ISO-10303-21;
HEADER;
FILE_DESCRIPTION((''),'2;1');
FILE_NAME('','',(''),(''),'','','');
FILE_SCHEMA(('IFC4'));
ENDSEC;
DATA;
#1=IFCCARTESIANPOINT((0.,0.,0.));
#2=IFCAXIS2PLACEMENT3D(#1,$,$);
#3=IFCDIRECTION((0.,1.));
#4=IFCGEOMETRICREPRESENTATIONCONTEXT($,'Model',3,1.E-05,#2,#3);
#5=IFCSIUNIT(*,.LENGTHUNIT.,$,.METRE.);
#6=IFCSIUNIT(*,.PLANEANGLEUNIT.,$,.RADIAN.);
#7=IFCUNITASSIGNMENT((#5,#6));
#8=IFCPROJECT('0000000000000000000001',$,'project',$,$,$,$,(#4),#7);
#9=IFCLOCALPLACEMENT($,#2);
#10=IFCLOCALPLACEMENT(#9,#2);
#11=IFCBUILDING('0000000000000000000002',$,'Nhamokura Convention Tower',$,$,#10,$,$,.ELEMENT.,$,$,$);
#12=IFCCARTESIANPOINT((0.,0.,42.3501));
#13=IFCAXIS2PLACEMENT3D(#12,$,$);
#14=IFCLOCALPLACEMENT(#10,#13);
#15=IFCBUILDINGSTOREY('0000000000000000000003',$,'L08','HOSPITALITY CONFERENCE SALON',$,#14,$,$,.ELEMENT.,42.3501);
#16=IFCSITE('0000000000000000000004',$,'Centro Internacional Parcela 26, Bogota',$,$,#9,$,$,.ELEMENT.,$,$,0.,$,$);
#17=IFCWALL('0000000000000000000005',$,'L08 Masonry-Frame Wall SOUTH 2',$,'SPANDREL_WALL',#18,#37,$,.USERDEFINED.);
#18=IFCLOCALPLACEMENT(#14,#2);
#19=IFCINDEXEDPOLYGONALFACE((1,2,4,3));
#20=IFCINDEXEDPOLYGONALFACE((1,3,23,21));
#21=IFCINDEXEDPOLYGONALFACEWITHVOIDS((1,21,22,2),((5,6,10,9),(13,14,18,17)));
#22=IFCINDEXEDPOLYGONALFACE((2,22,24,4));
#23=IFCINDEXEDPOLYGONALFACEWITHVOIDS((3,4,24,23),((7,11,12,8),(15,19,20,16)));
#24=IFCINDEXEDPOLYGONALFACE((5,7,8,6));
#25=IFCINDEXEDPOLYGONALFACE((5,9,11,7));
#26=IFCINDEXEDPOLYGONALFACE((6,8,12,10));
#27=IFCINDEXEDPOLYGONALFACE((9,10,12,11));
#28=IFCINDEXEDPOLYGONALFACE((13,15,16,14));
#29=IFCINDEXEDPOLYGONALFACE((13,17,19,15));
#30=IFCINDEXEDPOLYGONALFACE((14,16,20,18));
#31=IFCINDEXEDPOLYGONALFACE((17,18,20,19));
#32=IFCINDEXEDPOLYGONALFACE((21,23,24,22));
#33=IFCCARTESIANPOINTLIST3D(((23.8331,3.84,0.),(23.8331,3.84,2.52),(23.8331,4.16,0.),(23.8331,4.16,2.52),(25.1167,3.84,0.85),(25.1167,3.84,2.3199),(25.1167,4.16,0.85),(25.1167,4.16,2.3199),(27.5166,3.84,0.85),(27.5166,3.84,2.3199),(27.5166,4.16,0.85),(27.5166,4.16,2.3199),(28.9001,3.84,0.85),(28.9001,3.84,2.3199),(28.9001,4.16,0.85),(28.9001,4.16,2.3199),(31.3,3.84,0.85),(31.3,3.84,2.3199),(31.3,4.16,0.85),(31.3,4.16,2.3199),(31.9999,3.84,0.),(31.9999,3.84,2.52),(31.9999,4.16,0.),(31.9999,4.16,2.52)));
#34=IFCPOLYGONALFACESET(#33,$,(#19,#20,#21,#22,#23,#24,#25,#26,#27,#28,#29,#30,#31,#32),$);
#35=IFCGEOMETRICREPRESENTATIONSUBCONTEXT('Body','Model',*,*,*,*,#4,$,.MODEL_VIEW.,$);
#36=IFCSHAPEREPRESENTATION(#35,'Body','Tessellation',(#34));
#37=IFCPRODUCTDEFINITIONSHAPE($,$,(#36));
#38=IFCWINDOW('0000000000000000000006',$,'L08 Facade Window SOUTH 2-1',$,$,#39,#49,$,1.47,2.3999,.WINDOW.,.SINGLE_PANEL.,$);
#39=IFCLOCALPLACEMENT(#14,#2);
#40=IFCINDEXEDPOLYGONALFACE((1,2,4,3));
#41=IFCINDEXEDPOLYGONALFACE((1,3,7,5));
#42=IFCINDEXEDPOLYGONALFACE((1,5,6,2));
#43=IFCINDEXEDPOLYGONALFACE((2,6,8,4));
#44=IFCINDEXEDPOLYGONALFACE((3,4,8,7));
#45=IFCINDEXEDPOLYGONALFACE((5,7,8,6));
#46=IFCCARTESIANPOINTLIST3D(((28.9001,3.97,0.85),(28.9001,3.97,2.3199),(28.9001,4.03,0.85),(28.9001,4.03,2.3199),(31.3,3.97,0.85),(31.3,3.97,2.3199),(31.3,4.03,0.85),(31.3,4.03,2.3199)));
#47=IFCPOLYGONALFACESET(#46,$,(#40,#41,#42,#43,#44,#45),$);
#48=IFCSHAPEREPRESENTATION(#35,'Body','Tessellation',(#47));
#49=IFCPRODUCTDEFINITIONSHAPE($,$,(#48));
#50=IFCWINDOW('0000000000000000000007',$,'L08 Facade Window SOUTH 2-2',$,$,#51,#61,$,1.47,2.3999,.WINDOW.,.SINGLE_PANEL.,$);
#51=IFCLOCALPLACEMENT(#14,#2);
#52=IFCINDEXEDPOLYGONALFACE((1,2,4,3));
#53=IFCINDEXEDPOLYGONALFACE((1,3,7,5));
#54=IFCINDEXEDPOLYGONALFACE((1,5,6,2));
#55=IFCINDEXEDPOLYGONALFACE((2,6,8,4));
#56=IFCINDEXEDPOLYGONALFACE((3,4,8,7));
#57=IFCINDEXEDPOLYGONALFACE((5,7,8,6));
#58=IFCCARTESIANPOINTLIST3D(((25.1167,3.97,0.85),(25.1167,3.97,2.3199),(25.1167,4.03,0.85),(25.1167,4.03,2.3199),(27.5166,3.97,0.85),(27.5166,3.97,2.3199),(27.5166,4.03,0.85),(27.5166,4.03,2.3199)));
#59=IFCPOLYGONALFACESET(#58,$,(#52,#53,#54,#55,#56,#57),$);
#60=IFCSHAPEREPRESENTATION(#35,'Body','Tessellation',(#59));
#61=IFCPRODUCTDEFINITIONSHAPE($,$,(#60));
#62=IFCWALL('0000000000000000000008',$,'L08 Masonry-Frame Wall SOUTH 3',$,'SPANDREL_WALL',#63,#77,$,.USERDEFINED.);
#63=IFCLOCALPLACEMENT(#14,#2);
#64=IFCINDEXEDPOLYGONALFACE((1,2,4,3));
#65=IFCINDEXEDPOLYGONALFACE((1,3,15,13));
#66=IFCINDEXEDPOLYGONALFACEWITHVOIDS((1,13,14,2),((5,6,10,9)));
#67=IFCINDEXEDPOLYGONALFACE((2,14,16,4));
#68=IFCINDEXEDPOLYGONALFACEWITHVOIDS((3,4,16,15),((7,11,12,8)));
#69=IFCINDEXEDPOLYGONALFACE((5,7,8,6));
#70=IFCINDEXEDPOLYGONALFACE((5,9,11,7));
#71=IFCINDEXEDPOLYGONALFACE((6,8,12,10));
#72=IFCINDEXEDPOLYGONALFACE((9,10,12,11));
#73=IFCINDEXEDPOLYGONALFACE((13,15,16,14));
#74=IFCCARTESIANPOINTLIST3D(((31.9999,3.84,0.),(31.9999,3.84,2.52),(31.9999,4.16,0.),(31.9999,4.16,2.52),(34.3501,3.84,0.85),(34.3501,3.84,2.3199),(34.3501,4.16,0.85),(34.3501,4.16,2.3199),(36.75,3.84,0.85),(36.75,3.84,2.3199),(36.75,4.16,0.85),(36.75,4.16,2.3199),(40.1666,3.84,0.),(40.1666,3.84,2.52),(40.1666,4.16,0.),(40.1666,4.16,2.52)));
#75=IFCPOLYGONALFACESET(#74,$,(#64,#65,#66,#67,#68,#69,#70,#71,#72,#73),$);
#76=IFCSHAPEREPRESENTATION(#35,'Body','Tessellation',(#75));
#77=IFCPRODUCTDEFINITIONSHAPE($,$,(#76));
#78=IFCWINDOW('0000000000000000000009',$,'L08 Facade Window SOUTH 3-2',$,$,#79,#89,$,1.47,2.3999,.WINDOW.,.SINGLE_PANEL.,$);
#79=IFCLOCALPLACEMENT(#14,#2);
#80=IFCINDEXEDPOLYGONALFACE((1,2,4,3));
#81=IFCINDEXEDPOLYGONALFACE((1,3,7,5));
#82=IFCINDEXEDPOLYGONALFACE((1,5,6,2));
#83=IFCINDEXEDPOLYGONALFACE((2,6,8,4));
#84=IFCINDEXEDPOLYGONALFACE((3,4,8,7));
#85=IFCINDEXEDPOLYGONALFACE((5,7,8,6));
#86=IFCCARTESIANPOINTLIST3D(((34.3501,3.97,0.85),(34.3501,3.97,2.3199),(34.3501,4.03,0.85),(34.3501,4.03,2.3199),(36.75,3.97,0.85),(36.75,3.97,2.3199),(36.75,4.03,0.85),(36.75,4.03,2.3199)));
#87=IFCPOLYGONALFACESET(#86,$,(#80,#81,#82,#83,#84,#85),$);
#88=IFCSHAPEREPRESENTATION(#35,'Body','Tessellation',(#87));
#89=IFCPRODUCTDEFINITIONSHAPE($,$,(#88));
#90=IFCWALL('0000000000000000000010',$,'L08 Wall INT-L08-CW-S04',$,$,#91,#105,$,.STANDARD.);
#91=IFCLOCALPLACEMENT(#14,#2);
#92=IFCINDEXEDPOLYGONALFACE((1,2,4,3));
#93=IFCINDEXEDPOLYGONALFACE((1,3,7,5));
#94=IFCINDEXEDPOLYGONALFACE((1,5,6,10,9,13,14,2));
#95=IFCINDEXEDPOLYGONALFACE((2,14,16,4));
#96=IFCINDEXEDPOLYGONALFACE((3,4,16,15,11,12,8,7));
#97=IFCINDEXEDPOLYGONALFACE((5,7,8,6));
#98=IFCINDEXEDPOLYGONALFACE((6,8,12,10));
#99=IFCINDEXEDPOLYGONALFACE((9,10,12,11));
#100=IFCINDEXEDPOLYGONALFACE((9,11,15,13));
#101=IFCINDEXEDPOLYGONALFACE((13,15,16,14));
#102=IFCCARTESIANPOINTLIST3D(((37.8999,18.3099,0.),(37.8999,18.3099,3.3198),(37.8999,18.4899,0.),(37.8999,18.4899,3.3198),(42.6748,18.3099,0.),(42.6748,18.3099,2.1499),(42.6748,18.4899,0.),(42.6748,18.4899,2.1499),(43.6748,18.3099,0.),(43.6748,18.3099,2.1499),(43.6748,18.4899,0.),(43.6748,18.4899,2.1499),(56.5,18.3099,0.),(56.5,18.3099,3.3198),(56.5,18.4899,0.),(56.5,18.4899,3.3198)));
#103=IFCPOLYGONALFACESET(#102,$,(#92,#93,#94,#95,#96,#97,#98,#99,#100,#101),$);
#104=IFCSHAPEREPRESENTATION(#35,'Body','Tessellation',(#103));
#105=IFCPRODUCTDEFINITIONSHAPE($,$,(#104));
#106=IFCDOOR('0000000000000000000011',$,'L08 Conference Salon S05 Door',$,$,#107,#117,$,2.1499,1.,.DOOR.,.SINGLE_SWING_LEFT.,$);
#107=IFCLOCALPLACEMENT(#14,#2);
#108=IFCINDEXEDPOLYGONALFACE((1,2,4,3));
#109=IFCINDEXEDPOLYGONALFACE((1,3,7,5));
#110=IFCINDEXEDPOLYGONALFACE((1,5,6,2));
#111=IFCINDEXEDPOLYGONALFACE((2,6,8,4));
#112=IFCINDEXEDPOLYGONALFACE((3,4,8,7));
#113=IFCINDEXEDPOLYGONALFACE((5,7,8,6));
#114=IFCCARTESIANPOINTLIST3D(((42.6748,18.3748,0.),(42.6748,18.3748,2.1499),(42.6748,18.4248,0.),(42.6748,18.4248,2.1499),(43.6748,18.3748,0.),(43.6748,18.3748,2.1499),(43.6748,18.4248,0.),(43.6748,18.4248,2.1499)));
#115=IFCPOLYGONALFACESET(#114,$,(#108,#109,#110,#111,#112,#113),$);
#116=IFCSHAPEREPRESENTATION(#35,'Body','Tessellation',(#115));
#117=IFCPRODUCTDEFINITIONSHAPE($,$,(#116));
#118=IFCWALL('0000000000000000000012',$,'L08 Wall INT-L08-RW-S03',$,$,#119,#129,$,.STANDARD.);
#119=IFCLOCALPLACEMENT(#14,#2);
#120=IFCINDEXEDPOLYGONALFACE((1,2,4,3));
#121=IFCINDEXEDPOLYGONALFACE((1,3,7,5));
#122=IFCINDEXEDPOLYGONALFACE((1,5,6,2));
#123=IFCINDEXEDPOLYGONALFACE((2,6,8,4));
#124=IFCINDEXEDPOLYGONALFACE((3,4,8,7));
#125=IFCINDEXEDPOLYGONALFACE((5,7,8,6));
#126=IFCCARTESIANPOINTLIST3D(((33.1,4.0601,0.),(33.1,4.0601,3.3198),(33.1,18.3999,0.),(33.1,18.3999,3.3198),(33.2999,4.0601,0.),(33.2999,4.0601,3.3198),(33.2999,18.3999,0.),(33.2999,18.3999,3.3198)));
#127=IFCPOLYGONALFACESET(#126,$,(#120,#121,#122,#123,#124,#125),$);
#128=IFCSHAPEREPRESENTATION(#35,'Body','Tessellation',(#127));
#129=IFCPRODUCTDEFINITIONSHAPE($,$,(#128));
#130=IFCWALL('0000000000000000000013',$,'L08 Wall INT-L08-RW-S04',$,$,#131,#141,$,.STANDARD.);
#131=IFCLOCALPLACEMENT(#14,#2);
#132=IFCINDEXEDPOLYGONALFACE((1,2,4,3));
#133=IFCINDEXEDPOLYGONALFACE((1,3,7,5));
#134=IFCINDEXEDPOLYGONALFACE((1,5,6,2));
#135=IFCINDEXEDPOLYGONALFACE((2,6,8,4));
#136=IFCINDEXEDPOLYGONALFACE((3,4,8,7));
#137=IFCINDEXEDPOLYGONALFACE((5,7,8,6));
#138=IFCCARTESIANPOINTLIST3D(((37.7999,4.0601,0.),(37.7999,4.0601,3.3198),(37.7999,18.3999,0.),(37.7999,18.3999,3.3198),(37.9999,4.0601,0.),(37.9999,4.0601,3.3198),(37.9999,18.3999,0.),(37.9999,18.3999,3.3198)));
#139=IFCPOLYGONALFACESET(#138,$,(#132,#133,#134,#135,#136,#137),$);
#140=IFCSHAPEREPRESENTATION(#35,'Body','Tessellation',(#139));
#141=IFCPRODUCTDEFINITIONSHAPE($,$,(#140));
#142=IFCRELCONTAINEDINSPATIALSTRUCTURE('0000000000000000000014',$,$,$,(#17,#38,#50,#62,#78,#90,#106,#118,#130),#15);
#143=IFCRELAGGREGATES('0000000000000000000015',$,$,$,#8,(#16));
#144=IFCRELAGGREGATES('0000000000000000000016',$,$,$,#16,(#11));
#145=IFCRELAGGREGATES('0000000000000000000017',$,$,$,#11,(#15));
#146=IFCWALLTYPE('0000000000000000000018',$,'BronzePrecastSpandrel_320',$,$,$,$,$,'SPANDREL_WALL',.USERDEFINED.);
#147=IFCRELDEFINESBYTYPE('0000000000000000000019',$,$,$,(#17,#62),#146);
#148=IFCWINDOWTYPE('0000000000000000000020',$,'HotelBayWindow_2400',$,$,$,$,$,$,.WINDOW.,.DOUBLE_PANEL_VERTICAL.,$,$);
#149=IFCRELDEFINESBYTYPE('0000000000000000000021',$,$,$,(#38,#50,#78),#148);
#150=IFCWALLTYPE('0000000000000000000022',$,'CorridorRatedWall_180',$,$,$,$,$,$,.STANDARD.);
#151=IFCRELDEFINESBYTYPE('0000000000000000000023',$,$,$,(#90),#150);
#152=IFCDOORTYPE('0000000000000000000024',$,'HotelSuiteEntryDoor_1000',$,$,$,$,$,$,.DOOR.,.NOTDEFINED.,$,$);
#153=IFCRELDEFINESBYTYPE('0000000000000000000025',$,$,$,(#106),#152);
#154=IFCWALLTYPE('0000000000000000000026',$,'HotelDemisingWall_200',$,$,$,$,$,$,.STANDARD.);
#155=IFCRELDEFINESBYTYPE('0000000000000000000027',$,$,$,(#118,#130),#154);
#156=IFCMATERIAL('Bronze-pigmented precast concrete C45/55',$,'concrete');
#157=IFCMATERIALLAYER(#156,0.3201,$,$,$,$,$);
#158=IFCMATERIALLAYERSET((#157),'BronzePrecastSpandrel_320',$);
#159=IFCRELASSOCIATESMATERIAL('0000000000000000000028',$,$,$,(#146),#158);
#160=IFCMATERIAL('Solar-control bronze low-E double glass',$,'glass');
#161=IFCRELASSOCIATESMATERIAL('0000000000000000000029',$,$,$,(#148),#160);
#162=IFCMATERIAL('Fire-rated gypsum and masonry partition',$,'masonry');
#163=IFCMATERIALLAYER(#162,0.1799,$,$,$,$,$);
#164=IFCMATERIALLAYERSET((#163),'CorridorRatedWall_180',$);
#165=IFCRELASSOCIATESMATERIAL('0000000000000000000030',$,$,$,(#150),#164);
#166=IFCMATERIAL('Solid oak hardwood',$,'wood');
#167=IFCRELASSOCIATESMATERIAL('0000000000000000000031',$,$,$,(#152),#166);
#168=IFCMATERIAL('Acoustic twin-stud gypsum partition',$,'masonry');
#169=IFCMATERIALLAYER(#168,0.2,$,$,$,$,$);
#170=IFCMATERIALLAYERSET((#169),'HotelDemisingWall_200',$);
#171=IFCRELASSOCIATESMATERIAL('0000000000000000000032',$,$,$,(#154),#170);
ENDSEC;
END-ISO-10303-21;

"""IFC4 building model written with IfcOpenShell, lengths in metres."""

from ifc_helpers import new_model, si_unit, direction, frame, frame_2d, origin, place, context, subcontext, project, spatial, rectangle, extrude, material, layer, layer_set, type_object, element, fill, save


model = new_model("IFC4")

# Units and contexts
model_context = context("Model", 3, precision=1e-05, world=origin(), true_north=direction((0.0, 1.0)))
body_context = subcontext(model_context, "Body", "Model", "MODEL_VIEW")
ifc_project = project(units=[si_unit("LENGTHUNIT", "METRE"), si_unit("PLANEANGLEUNIT", "RADIAN")], contexts=[model_context])

# Site, building, storey
site_placement = place(None, origin())
site = spatial("IfcSite", under=ifc_project, at=site_placement, Name="Centro Internacional Parcela 26, Bogota", CompositionType="ELEMENT", RefElevation=0.0)
building_placement = place(site_placement, origin())
building = spatial("IfcBuilding", under=site, at=building_placement, Name="Nhamokura Convention Tower", CompositionType="ELEMENT")
storey_placement = place(building_placement, frame((0.0, 0.0, 42.3501)))
storey = spatial("IfcBuildingStorey", under=building, at=storey_placement, Name="L08", Description="HOSPITALITY CONFERENCE SALON", CompositionType="ELEMENT", Elevation=42.3501)

# Wall, openings, windows
ifc_material_1 = material(Name="Bronze-pigmented precast concrete C45/55", Category="concrete")
ifc_layer_1 = layer(ifc_material_1, 0.3201)
ifc_layer_set_1 = layer_set([ifc_layer_1], Name="BronzePrecastSpandrel_320")
wall_type_1 = type_object("IfcWallType", Name="BronzePrecastSpandrel_320", ElementType="SPANDREL_WALL", PredefinedType="USERDEFINED", material=ifc_layer_set_1)
wall_1_placement = place(storey_placement, frame((32.0, 4.0, 0.0), z_axis=(0.0, 0.0, 1.0), x_axis=(-1.0, 0.0, 0.0)))
wall_1 = element("IfcWall", 1, at=wall_1_placement, inside=storey, type_object=wall_type_1, Name="L08 Masonry-Frame Wall SOUTH 2", ObjectType="SPANDREL_WALL", PredefinedType="USERDEFINED", context=body_context, shape_type="SweptSolid", body=[
    extrude(rectangle(XDim=8.1667, YDim=0.3201, at=frame_2d((4.0835, 0.0))), origin(), (0.0, 0.0, 1.0), 2.52),
])
opening_1_placement = place(wall_1_placement, frame((0.7, 0.0, 0.8501)))
opening_1 = element("IfcOpeningElement", 2, at=opening_1_placement, cuts=wall_1, PredefinedType="OPENING", context=body_context, shape_type="SweptSolid", body=[
    extrude(rectangle(XDim=2.3999, YDim=1.47, at=frame_2d((1.2, 0.7349))), frame((0.0, 0.1699, 0.0), z_axis=(0.0, -1.0, 0.0), x_axis=(1.0, 0.0, 0.0)), (0.0, 0.0, 1.0), 0.3401),
])
opening_2_placement = place(wall_1_placement, frame((4.4834, 0.0, 0.8501)))
opening_2 = element("IfcOpeningElement", 3, at=opening_2_placement, cuts=wall_1, PredefinedType="OPENING", context=body_context, shape_type="SweptSolid", body=[
    extrude(rectangle(XDim=2.3999, YDim=1.47, at=frame_2d((1.2, 0.7349))), frame((0.0, 0.1699, 0.0), z_axis=(0.0, -1.0, 0.0), x_axis=(1.0, 0.0, 0.0)), (0.0, 0.0, 1.0), 0.3401),
])
ifc_material_2 = material(Name="Solar-control bronze low-E double glass", Category="glass")
window_type = type_object("IfcWindowType", Name="HotelBayWindow_2400", PartitioningType="DOUBLE_PANEL_VERTICAL", PredefinedType="WINDOW", material=ifc_material_2)
window_1_placement = place(opening_1_placement, origin())
window_1 = element("IfcWindow", 4, at=window_1_placement, inside=storey, type_object=window_type, Name="L08 Facade Window SOUTH 2-1", OverallHeight=1.47, OverallWidth=2.3999, PartitioningType="SINGLE_PANEL", PredefinedType="WINDOW", context=body_context, shape_type="SweptSolid", body=[
    extrude(rectangle(XDim=2.3999, YDim=1.47, at=frame_2d((1.2, 0.7349))), frame((0.0, 0.03, 0.0), z_axis=(0.0, -1.0, 0.0), x_axis=(1.0, 0.0, 0.0)), (0.0, 0.0, 1.0), 0.0601),
])
fill(opening_1, window_1)
window_2_placement = place(opening_2_placement, origin())
window_2 = element("IfcWindow", 5, at=window_2_placement, inside=storey, type_object=window_type, Name="L08 Facade Window SOUTH 2-2", OverallHeight=1.47, OverallWidth=2.3999, PartitioningType="SINGLE_PANEL", PredefinedType="WINDOW", context=body_context, shape_type="SweptSolid", body=[
    extrude(rectangle(XDim=2.3999, YDim=1.47, at=frame_2d((1.2, 0.7349))), frame((0.0, 0.03, 0.0), z_axis=(0.0, -1.0, 0.0), x_axis=(1.0, 0.0, 0.0)), (0.0, 0.0, 1.0), 0.0601),
])
fill(opening_2, window_2)

# Wall, opening, window
wall_2_placement = place(storey_placement, frame((40.1667, 4.0, 0.0), z_axis=(0.0, 0.0, 1.0), x_axis=(-1.0, 0.0, 0.0)))
wall_2 = element("IfcWall", 6, at=wall_2_placement, inside=storey, type_object=wall_type_1, Name="L08 Masonry-Frame Wall SOUTH 3", ObjectType="SPANDREL_WALL", PredefinedType="USERDEFINED", context=body_context, shape_type="SweptSolid", body=[
    extrude(rectangle(XDim=8.1667, YDim=0.3201, at=frame_2d((4.0835, 0.0))), origin(), (0.0, 0.0, 1.0), 2.52),
])
opening_3_placement = place(wall_2_placement, frame((3.4167, 0.0, 0.8501)))
opening_3 = element("IfcOpeningElement", 7, at=opening_3_placement, cuts=wall_2, PredefinedType="OPENING", context=body_context, shape_type="SweptSolid", body=[
    extrude(rectangle(XDim=2.3999, YDim=1.47, at=frame_2d((1.2, 0.7349))), frame((0.0, 0.1699, 0.0), z_axis=(0.0, -1.0, 0.0), x_axis=(1.0, 0.0, 0.0)), (0.0, 0.0, 1.0), 0.3401),
])
window_3_placement = place(opening_3_placement, origin())
window_3 = element("IfcWindow", 8, at=window_3_placement, inside=storey, type_object=window_type, Name="L08 Facade Window SOUTH 3-2", OverallHeight=1.47, OverallWidth=2.3999, PartitioningType="SINGLE_PANEL", PredefinedType="WINDOW", context=body_context, shape_type="SweptSolid", body=[
    extrude(rectangle(XDim=2.3999, YDim=1.47, at=frame_2d((1.2, 0.7349))), frame((0.0, 0.03, 0.0), z_axis=(0.0, -1.0, 0.0), x_axis=(1.0, 0.0, 0.0)), (0.0, 0.0, 1.0), 0.0601),
])
fill(opening_3, window_3)

# Wall, opening, door
ifc_material_3 = material(Name="Fire-rated gypsum and masonry partition", Category="masonry")
ifc_layer_2 = layer(ifc_material_3, 0.1799)
ifc_layer_set_2 = layer_set([ifc_layer_2], Name="CorridorRatedWall_180")
wall_type_2 = type_object("IfcWallType", Name="CorridorRatedWall_180", PredefinedType="STANDARD", material=ifc_layer_set_2)
ifc_material_4 = material(Name="Solid oak hardwood", Category="wood")
door_type_1 = type_object("IfcDoorType", Name="HotelSuiteEntryDoor_1000", OperationType="NOTDEFINED", PredefinedType="DOOR", material=ifc_material_4)
wall_3_placement = place(storey_placement, frame((37.8999, 18.3999, 0.0), z_axis=(0.0, 0.0, 1.0), x_axis=(1.0, 0.0, 0.0)))
wall_3 = element("IfcWall", 9, at=wall_3_placement, inside=storey, type_object=wall_type_2, Name="L08 Wall INT-L08-CW-S04", PredefinedType="STANDARD", context=body_context, shape_type="SweptSolid", body=[
    extrude(rectangle(XDim=18.6001, YDim=0.1799, at=frame_2d((9.3, 0.0))), origin(), (0.0, 0.0, 1.0), 3.3198),
])
opening_4_placement = place(wall_3_placement, frame((4.7749, 0.0, 0.0)))
opening_4 = element("IfcOpeningElement", 10, at=opening_4_placement, cuts=wall_3, PredefinedType="OPENING", context=body_context, shape_type="SweptSolid", body=[
    extrude(rectangle(XDim=1.0, YDim=2.1499, at=frame_2d((0.5, 1.075))), frame((0.0, 0.0999, 0.0), z_axis=(0.0, -1.0, 0.0), x_axis=(1.0, 0.0, 0.0)), (0.0, 0.0, 1.0), 0.2),
])
door_1_placement = place(opening_4_placement, origin())
door_1 = element("IfcDoor", 11, at=door_1_placement, inside=storey, type_object=door_type_1, Name="L08 Conference Salon S05 Door", OperationType="SINGLE_SWING_LEFT", OverallHeight=2.1499, OverallWidth=1.0, PredefinedType="DOOR", context=body_context, shape_type="SweptSolid", body=[
    extrude(rectangle(XDim=1.0, YDim=2.1499, at=frame_2d((0.5, 1.075))), frame((0.0, 0.0249, 0.0), z_axis=(0.0, -1.0, 0.0), x_axis=(1.0, 0.0, 0.0)), (0.0, 0.0, 1.0), 0.05),
])
fill(opening_4, door_1)

# Walls
ifc_material_5 = material(Name="Acoustic twin-stud gypsum partition", Category="masonry")
ifc_layer_3 = layer(ifc_material_5, 0.2)
ifc_layer_set_3 = layer_set([ifc_layer_3], Name="HotelDemisingWall_200")
wall_type_3 = type_object("IfcWallType", Name="HotelDemisingWall_200", PredefinedType="STANDARD", material=ifc_layer_set_3)
for number, where, z_axis, x_axis, name in (
    (12, (33.2, 4.0601, 0.0), (0.0, 0.0, 1.0), (0.0, 1.0, 0.0), "L08 Wall INT-L08-RW-S03"),
    (13, (37.8999, 4.0601, 0.0), (0.0, 0.0, 1.0), (0.0, 1.0, 0.0), "L08 Wall INT-L08-RW-S04"),
):
    element("IfcWall", number, at=place(storey_placement, frame(where, z_axis=z_axis, x_axis=x_axis)), inside=storey, type_object=wall_type_3, Name=name, PredefinedType="STANDARD", context=body_context, shape_type="SweptSolid", body=[
        extrude(rectangle(XDim=14.3398, YDim=0.2, at=frame_2d((7.1699, 0.0))), origin(), (0.0, 0.0, 1.0), 3.3198),
    ])

save(model, "model.ifc")
